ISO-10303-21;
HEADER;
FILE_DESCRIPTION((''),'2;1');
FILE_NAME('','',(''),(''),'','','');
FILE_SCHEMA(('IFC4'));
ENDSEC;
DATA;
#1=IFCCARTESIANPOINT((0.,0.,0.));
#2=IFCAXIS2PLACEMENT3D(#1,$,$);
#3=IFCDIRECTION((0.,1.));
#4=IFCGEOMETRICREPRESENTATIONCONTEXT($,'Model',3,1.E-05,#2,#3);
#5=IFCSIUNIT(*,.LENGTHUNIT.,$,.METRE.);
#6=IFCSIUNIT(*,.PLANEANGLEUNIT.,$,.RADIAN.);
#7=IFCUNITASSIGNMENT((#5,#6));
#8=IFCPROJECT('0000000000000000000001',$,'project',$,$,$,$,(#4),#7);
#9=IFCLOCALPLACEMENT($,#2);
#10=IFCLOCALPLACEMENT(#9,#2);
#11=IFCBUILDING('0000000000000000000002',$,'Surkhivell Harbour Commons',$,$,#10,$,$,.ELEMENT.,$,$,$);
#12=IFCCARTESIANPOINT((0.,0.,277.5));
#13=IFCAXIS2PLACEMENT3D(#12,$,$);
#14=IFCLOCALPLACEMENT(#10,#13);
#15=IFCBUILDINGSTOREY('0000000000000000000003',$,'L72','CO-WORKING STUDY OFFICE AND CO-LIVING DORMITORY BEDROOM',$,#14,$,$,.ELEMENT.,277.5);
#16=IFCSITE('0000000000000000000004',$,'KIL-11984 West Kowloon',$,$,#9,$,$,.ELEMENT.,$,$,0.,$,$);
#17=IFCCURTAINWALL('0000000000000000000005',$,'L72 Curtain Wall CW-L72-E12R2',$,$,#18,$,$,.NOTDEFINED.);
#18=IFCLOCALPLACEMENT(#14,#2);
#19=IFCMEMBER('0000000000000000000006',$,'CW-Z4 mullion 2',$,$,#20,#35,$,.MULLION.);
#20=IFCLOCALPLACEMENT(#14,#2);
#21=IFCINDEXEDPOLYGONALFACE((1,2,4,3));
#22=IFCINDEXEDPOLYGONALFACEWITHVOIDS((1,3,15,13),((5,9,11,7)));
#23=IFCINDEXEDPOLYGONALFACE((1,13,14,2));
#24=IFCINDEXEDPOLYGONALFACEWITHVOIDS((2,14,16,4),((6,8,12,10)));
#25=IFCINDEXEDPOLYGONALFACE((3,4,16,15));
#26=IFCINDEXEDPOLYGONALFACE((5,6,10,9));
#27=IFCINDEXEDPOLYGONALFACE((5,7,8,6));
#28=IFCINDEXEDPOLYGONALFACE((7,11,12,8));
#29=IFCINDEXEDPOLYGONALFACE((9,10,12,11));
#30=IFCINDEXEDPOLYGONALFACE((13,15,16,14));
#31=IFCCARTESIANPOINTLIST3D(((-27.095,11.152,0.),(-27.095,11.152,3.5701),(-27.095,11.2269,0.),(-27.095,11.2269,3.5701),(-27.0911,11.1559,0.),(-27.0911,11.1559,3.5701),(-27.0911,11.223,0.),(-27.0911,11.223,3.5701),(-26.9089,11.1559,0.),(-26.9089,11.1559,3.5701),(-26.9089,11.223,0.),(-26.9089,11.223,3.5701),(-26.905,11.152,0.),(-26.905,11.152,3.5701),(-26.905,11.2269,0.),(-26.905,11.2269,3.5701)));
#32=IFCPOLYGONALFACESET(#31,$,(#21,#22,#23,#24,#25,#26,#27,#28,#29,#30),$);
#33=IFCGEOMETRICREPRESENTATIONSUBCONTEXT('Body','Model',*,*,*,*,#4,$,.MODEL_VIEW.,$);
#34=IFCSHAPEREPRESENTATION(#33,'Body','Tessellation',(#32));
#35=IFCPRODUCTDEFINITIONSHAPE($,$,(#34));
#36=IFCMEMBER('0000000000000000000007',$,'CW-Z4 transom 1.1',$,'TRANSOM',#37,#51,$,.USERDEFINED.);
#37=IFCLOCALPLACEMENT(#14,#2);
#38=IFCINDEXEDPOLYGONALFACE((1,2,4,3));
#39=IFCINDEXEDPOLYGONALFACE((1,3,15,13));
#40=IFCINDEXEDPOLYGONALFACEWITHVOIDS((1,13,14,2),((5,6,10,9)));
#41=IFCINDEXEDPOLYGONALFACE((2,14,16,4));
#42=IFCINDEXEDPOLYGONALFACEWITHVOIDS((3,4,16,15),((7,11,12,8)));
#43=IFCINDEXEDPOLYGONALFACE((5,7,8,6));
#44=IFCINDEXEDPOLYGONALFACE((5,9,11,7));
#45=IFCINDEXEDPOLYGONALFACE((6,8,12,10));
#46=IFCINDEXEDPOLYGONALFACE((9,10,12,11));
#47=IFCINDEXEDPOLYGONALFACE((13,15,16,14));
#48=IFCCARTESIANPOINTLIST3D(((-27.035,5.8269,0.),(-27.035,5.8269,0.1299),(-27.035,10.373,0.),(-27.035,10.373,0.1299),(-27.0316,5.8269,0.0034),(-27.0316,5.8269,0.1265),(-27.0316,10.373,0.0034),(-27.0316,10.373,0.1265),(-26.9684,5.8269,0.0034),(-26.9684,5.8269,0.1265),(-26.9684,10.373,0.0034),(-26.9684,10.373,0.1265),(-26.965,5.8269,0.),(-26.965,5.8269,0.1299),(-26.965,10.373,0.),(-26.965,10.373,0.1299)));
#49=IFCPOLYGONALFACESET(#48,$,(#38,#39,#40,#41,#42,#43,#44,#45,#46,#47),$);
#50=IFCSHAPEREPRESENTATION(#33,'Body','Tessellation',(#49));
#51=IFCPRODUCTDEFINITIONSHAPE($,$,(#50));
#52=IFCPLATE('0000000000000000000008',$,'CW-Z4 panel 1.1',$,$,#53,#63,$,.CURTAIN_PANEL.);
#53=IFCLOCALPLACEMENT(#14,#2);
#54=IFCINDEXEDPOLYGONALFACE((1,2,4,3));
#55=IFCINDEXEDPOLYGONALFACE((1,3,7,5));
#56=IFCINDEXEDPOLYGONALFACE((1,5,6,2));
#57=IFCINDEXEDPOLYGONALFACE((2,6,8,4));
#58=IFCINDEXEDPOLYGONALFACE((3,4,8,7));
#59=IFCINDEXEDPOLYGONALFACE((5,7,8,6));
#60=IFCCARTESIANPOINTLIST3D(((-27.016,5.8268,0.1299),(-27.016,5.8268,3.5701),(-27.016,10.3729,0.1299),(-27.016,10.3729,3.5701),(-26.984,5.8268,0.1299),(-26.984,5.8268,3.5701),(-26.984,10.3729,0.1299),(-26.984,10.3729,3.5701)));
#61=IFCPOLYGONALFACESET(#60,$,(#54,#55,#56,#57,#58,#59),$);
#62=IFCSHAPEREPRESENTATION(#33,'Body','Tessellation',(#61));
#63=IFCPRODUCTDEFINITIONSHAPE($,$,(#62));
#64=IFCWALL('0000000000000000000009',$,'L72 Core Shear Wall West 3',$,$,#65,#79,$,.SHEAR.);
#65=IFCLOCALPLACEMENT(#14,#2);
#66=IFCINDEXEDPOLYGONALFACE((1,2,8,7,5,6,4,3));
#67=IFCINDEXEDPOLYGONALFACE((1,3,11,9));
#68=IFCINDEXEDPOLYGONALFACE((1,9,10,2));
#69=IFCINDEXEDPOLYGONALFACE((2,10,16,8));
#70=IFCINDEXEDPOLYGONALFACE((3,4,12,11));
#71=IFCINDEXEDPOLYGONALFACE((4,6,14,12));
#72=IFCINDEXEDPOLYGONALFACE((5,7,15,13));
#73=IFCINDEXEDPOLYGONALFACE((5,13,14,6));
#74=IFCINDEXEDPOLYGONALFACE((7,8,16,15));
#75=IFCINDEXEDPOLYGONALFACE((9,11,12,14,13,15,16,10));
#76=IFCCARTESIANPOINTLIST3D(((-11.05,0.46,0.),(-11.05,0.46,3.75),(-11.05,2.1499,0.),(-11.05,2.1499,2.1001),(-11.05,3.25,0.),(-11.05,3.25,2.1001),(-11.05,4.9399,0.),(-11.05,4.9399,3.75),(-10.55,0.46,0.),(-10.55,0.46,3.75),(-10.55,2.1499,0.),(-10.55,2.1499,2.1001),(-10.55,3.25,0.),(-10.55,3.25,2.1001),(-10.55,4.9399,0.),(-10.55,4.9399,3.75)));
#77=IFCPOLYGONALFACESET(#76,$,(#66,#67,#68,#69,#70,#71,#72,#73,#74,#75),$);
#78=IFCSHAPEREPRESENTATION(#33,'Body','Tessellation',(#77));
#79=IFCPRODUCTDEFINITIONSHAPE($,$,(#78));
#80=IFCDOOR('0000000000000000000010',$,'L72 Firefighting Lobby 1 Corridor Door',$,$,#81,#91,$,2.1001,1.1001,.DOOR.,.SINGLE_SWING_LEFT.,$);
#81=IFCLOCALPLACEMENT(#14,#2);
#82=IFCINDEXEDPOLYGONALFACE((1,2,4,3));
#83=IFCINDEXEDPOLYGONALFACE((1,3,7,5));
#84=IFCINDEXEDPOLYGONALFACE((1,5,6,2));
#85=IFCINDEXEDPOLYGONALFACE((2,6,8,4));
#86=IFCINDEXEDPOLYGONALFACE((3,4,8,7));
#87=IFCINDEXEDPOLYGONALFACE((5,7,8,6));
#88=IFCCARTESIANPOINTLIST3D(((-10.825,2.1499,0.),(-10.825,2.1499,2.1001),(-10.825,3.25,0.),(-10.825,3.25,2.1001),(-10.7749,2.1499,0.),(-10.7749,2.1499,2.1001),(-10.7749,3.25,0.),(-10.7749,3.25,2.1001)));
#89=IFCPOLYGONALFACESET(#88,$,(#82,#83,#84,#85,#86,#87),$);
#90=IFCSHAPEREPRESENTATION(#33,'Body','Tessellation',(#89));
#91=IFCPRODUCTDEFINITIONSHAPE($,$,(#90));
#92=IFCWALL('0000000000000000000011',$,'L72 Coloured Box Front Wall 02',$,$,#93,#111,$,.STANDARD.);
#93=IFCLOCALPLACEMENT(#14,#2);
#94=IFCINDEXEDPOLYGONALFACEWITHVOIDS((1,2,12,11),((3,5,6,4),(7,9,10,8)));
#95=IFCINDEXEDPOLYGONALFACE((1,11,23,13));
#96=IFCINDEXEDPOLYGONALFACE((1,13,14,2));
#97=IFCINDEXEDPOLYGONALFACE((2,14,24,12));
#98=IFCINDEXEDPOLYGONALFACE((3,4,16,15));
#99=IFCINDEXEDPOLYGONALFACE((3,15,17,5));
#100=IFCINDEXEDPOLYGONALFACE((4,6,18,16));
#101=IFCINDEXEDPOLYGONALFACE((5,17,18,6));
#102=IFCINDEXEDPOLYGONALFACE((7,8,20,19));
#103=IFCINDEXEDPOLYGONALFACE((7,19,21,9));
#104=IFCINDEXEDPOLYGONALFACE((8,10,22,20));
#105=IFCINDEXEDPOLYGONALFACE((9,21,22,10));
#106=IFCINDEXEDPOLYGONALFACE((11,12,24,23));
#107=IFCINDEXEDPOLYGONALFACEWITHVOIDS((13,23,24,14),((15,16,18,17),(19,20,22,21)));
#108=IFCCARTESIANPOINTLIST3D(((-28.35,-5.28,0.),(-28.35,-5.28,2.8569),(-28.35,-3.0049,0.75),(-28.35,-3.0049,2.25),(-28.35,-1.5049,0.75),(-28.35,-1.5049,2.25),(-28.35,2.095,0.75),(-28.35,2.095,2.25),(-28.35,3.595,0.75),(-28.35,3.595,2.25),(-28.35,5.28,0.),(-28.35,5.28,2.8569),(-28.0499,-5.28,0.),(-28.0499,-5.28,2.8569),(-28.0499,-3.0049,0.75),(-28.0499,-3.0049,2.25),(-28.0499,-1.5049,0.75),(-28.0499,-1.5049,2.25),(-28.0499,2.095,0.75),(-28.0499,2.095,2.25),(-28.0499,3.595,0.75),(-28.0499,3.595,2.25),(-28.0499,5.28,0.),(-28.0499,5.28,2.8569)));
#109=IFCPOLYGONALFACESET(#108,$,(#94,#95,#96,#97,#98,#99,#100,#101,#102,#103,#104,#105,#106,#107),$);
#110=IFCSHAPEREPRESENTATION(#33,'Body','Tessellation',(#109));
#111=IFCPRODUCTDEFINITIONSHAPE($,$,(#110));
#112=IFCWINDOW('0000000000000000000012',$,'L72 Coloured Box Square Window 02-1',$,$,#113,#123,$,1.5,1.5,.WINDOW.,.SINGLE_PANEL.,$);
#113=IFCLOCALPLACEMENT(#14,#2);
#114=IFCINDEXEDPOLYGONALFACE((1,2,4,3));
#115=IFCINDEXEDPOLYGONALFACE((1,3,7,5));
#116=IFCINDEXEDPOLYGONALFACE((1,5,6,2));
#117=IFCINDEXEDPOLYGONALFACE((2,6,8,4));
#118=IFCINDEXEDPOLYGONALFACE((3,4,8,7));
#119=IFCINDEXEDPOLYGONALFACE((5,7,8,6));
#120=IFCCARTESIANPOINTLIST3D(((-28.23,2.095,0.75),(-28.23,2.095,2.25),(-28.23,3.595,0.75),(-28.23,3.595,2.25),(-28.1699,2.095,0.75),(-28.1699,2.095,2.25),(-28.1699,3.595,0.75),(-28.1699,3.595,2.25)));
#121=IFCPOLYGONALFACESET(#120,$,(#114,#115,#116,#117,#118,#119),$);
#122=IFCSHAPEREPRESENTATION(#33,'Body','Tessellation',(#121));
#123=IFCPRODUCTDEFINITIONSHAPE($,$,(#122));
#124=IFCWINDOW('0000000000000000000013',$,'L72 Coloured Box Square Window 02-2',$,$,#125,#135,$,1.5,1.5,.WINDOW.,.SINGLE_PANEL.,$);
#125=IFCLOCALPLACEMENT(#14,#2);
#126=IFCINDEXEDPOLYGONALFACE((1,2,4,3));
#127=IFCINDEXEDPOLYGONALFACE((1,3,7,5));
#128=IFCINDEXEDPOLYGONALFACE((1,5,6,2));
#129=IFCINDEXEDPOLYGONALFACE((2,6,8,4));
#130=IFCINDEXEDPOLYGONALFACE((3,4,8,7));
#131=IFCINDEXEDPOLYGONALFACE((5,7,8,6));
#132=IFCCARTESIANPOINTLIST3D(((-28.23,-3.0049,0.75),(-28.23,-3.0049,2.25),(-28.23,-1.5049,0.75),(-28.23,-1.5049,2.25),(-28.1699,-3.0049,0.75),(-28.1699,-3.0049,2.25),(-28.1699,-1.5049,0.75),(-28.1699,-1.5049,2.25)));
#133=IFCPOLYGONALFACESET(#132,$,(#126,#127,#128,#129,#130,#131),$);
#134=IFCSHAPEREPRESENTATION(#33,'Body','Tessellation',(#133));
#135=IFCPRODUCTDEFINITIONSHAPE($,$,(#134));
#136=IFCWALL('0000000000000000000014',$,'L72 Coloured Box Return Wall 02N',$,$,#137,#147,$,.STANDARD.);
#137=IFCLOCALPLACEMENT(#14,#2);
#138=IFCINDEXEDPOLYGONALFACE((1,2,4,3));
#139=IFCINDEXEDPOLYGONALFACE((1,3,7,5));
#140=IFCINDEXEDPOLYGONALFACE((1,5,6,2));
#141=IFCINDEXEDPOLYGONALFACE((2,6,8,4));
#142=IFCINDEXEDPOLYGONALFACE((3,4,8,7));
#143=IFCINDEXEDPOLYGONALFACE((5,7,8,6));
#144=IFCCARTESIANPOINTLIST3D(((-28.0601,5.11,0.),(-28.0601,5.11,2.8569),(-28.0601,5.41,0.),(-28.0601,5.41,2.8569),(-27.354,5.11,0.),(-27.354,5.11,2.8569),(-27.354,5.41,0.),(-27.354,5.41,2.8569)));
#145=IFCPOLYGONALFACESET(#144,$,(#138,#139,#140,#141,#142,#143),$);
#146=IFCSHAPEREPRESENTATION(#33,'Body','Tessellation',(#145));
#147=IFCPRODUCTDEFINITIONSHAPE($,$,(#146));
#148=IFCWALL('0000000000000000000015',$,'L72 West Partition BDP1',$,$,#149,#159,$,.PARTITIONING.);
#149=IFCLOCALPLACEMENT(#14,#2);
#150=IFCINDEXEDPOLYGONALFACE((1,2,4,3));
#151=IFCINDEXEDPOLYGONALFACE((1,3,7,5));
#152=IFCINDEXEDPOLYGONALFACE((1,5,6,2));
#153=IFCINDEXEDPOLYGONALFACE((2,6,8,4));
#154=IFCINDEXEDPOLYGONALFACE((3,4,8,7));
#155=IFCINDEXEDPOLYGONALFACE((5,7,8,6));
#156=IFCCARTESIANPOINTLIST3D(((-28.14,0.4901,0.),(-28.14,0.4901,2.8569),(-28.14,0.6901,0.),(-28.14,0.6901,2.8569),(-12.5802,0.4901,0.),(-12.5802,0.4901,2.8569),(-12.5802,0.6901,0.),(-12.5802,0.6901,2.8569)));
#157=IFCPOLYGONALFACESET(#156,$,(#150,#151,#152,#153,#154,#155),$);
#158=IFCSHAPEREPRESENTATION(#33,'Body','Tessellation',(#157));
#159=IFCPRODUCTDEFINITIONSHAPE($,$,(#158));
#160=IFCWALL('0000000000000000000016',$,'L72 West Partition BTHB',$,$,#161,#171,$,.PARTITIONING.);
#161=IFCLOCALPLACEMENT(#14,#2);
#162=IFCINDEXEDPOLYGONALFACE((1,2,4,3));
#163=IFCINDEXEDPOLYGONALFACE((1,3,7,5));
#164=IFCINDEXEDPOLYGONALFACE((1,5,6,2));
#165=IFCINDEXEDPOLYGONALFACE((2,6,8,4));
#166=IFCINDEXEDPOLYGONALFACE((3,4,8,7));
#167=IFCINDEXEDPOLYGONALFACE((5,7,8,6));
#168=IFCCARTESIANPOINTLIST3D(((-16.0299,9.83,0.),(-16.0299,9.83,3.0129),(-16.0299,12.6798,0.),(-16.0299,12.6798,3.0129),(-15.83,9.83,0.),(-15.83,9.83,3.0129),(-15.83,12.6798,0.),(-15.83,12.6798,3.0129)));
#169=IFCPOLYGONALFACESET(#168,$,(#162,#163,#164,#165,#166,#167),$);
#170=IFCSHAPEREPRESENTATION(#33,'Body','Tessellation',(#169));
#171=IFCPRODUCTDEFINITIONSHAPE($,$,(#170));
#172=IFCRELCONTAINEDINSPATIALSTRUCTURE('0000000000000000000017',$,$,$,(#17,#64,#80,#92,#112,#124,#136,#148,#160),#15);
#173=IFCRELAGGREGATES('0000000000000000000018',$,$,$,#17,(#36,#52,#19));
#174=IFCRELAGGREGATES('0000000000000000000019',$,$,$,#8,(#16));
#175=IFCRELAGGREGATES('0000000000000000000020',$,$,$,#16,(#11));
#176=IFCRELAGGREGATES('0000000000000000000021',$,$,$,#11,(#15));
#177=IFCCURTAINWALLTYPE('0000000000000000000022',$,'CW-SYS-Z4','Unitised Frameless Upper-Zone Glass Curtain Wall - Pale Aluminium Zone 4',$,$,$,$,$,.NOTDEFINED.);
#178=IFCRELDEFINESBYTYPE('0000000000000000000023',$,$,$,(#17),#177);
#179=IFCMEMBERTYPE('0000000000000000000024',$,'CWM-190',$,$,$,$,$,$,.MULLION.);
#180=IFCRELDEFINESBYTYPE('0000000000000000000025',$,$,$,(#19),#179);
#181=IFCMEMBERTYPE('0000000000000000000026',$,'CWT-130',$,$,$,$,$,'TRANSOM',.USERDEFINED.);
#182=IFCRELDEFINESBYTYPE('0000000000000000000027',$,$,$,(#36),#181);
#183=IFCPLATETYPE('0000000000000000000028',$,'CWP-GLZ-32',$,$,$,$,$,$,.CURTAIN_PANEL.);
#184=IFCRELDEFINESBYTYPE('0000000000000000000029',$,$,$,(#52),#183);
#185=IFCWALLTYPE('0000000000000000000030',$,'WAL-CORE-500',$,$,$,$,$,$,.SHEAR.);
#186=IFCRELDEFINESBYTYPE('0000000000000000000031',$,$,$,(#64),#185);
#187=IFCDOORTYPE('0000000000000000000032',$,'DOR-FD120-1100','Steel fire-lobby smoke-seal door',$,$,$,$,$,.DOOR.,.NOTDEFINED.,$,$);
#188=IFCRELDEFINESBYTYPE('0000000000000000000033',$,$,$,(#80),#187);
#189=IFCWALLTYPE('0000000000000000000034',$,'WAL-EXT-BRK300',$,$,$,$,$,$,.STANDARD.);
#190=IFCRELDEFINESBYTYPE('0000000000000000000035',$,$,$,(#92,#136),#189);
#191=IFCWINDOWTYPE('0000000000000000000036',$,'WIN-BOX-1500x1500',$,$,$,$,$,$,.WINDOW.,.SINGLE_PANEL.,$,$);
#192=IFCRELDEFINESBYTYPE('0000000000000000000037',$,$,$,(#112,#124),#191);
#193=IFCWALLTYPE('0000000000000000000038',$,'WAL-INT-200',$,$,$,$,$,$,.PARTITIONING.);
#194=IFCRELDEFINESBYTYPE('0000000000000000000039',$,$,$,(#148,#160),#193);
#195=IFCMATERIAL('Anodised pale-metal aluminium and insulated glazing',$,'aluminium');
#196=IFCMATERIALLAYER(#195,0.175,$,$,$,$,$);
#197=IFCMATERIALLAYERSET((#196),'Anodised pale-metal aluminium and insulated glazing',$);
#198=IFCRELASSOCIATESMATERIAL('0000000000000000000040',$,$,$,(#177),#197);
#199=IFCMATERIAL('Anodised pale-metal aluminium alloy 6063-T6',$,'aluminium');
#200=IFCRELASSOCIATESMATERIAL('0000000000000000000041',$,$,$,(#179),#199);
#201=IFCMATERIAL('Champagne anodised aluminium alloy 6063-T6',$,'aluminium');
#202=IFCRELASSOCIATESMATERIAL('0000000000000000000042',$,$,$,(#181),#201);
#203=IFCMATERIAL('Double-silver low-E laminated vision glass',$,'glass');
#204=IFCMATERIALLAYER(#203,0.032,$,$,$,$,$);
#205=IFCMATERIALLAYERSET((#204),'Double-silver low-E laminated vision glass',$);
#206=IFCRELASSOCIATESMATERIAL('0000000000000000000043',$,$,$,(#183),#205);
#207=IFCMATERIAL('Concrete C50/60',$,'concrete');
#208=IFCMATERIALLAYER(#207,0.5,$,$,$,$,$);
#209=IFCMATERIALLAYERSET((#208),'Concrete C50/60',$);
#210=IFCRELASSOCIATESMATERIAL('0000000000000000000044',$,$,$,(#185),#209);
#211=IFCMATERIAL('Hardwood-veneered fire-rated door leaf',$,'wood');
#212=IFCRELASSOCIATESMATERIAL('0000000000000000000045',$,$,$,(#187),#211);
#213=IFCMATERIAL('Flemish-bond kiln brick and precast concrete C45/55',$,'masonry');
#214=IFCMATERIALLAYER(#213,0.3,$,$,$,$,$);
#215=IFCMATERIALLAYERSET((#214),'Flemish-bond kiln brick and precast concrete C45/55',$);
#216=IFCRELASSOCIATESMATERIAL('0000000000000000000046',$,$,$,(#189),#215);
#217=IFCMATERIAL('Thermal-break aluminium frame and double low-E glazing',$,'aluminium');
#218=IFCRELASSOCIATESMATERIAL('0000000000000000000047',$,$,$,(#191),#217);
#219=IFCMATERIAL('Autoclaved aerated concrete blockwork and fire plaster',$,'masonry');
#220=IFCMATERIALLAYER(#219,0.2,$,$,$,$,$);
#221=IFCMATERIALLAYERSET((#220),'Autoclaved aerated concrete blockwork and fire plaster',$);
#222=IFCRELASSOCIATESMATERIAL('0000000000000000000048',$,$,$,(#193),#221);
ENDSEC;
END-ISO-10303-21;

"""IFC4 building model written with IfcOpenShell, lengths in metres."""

from ifc_helpers import new_model, si_unit, direction, frame, frame_2d, origin, origin_2d, place, context, subcontext, project, spatial, rectangle, hollow_rectangle, extrude, material, layer, layer_set, material_profile, profile_set, type_object, element, fill, aggregate, save


model = new_model("IFC4")

# Units and contexts
model_context = context("Model", 3, precision=1e-05, world=origin(), true_north=direction((0.0, 1.0)))
body_context = subcontext(model_context, "Body", "Model", "MODEL_VIEW")
ifc_project = project(units=[si_unit("LENGTHUNIT", "METRE"), si_unit("PLANEANGLEUNIT", "RADIAN")], contexts=[model_context])

# Site, building, storey
site_placement = place(None, origin())
site = spatial("IfcSite", under=ifc_project, at=site_placement, Name="KIL-11984 West Kowloon", CompositionType="ELEMENT", RefElevation=0.0)
building_placement = place(site_placement, origin())
building = spatial("IfcBuilding", under=site, at=building_placement, Name="Surkhivell Harbour Commons", CompositionType="ELEMENT")
storey_placement = place(building_placement, frame((0.0, 0.0, 277.5)))
storey = spatial("IfcBuildingStorey", under=building, at=storey_placement, Name="L72", Description="CO-WORKING STUDY OFFICE AND CO-LIVING DORMITORY BEDROOM", CompositionType="ELEMENT", Elevation=277.5)

# Shared definitions
ifc_material_1 = material(Name="Concrete C50/60", Category="concrete")

# Curtain wall, members, plate
ifc_material_2 = material(Name="Anodised pale-metal aluminium and insulated glazing", Category="aluminium")
ifc_layer_1 = layer(ifc_material_2, 0.175)
ifc_layer_set_1 = layer_set([ifc_layer_1], Name="Anodised pale-metal aluminium and insulated glazing")
curtain_wall_type = type_object("IfcCurtainWallType", Name="CW-SYS-Z4", Description="Unitised Frameless Upper-Zone Glass Curtain Wall - Pale Aluminium Zone 4", PredefinedType="NOTDEFINED", material=ifc_layer_set_1)
curtain_wall_placement = place(storey_placement, origin())
curtain_wall = element("IfcCurtainWall", 1, at=curtain_wall_placement, inside=storey, type_object=curtain_wall_type, Name="L72 Curtain Wall CW-L72-E12R2", PredefinedType="NOTDEFINED")
ifc_material_3 = material(Name="Anodised pale-metal aluminium alloy 6063-T6", Category="aluminium")
ifc_material_profile_1 = material_profile(ifc_material_3, hollow_rectangle(XDim=0.075, YDim=0.1899, WallThickness=0.0039, at=origin_2d()), Name="ALU-MULL-75x190")
ifc_profile_set_1 = profile_set([ifc_material_profile_1], Name="Anodised pale-metal aluminium alloy 6063-T6")
member_type_1 = type_object("IfcMemberType", Name="CWM-190", PredefinedType="MULLION", material=ifc_profile_set_1)
member_1_placement = place(storey_placement, frame((-27.0, 11.1895, 0.0), z_axis=(0.0, 0.0, 1.0), x_axis=(0.0, 1.0, 0.0)))
member_1 = element("IfcMember", 2, at=member_1_placement, type_object=member_type_1, Name="CW-Z4 mullion 2", PredefinedType="MULLION", context=body_context, shape_type="SweptSolid", body=[
    extrude(hollow_rectangle(XDim=0.075, YDim=0.1899, WallThickness=0.0039, at=origin_2d()), origin(), (0.0, 0.0, 1.0), 3.5701),
])
ifc_material_4 = material(Name="Champagne anodised aluminium alloy 6063-T6", Category="aluminium")
ifc_material_profile_2 = material_profile(ifc_material_4, hollow_rectangle(XDim=0.0701, YDim=0.1299, WallThickness=0.0034, at=origin_2d()), Name="ALU-TRAN-70x130")
ifc_profile_set_2 = profile_set([ifc_material_profile_2], Name="Champagne anodised aluminium alloy 6063-T6")
member_type_2 = type_object("IfcMemberType", Name="CWT-130", ElementType="TRANSOM", PredefinedType="USERDEFINED", material=ifc_profile_set_2)
member_2_placement = place(storey_placement, frame((-27.0, 5.8269, 0.0649), z_axis=(0.0, 1.0, 0.0), x_axis=(-1.0, 0.0, 0.0)))
member_2 = element("IfcMember", 3, at=member_2_placement, type_object=member_type_2, Name="CW-Z4 transom 1.1", ObjectType="TRANSOM", PredefinedType="USERDEFINED", context=body_context, shape_type="SweptSolid", body=[
    extrude(hollow_rectangle(XDim=0.0701, YDim=0.1299, WallThickness=0.0034, at=origin_2d()), origin(), (0.0, 0.0, 1.0), 4.5461),
])
ifc_material_5 = material(Name="Double-silver low-E laminated vision glass", Category="glass")
ifc_layer_2 = layer(ifc_material_5, 0.032)
ifc_layer_set_2 = layer_set([ifc_layer_2], Name="Double-silver low-E laminated vision glass")
plate_type = type_object("IfcPlateType", Name="CWP-GLZ-32", PredefinedType="CURTAIN_PANEL", material=ifc_layer_set_2)
plate_placement = place(storey_placement, frame((-27.0, 5.8269, 0.1299), z_axis=(0.0, 0.0, 1.0), x_axis=(0.0, 1.0, 0.0)))
plate = element("IfcPlate", 4, at=plate_placement, type_object=plate_type, Name="CW-Z4 panel 1.1", PredefinedType="CURTAIN_PANEL", context=body_context, shape_type="SweptSolid", body=[
    extrude(rectangle(XDim=4.5461, YDim=0.032, at=frame_2d((2.2729, 0.0))), origin(), (0.0, 0.0, 1.0), 3.4402),
])
aggregate(curtain_wall, [member_2, plate, member_1])

# Wall, opening, door
ifc_layer_3 = layer(ifc_material_1, 0.5)
ifc_layer_set_3 = layer_set([ifc_layer_3], Name="Concrete C50/60")
wall_type_1 = type_object("IfcWallType", Name="WAL-CORE-500", PredefinedType="SHEAR", material=ifc_layer_set_3)
wall_1_placement = place(storey_placement, frame((-10.8, 0.46, 0.0), z_axis=(0.0, 0.0, 1.0), x_axis=(0.0, 1.0, 0.0)))
wall_1 = element("IfcWall", 5, at=wall_1_placement, inside=storey, type_object=wall_type_1, Name="L72 Core Shear Wall West 3", PredefinedType="SHEAR", context=body_context, shape_type="SweptSolid", body=[
    extrude(rectangle(XDim=4.48, YDim=0.5, at=frame_2d((2.24, 0.0))), origin(), (0.0, 0.0, 1.0), 3.75),
])
opening_1_placement = place(wall_1_placement, frame((1.6899, 0.0, 0.0)))
opening_1 = element("IfcOpeningElement", 6, at=opening_1_placement, cuts=wall_1, PredefinedType="OPENING", context=body_context, shape_type="SweptSolid", body=[
    extrude(rectangle(XDim=1.1001, YDim=2.1001, at=frame_2d((0.55, 1.05))), frame((0.0, 0.26, 0.0), z_axis=(0.0, -1.0, 0.0), x_axis=(1.0, 0.0, 0.0)), (0.0, 0.0, 1.0), 0.52),
])
ifc_material_6 = material(Name="Hardwood-veneered fire-rated door leaf", Category="wood")
door_type = type_object("IfcDoorType", Name="DOR-FD120-1100", Description="Steel fire-lobby smoke-seal door", OperationType="NOTDEFINED", PredefinedType="DOOR", material=ifc_material_6)
door_placement = place(opening_1_placement, origin())
door = element("IfcDoor", 7, at=door_placement, inside=storey, type_object=door_type, Name="L72 Firefighting Lobby 1 Corridor Door", OperationType="SINGLE_SWING_LEFT", OverallHeight=2.1001, OverallWidth=1.1001, PredefinedType="DOOR", context=body_context, shape_type="SweptSolid", body=[
    extrude(rectangle(XDim=1.1001, YDim=2.1001, at=frame_2d((0.55, 1.05))), frame((0.0, 0.0249, 0.0), z_axis=(0.0, -1.0, 0.0), x_axis=(1.0, 0.0, 0.0)), (0.0, 0.0, 1.0), 0.05),
])
fill(opening_1, door)

# Wall, openings, windows
ifc_material_7 = material(Name="Flemish-bond kiln brick and precast concrete C45/55", Category="masonry")
ifc_layer_4 = layer(ifc_material_7, 0.3)
ifc_layer_set_4 = layer_set([ifc_layer_4], Name="Flemish-bond kiln brick and precast concrete C45/55")
wall_type_2 = type_object("IfcWallType", Name="WAL-EXT-BRK300", PredefinedType="STANDARD", material=ifc_layer_set_4)
wall_2_placement = place(storey_placement, frame((-28.2, 5.28, 0.0), z_axis=(0.0, 0.0, 1.0), x_axis=(0.0, -1.0, 0.0)))
wall_2 = element("IfcWall", 8, at=wall_2_placement, inside=storey, type_object=wall_type_2, Name="L72 Coloured Box Front Wall 02", PredefinedType="STANDARD", context=body_context, shape_type="SweptSolid", body=[
    extrude(rectangle(XDim=10.5601, YDim=0.3, at=frame_2d((5.28, 0.0))), origin(), (0.0, 0.0, 1.0), 2.8569),
])
opening_2_placement = place(wall_2_placement, frame((1.6851, 0.0, 0.75)))
opening_2 = element("IfcOpeningElement", 9, at=opening_2_placement, cuts=wall_2, PredefinedType="OPENING", context=body_context, shape_type="SweptSolid", body=[
    extrude(rectangle(XDim=1.5, YDim=1.5, at=frame_2d((0.75, 0.75))), frame((0.0, 0.1599, 0.0), z_axis=(0.0, -1.0, 0.0), x_axis=(1.0, 0.0, 0.0)), (0.0, 0.0, 1.0), 0.3201),
])
opening_3_placement = place(wall_2_placement, frame((6.7849, 0.0, 0.75)))
opening_3 = element("IfcOpeningElement", 10, at=opening_3_placement, cuts=wall_2, PredefinedType="OPENING", context=body_context, shape_type="SweptSolid", body=[
    extrude(rectangle(XDim=1.5, YDim=1.5, at=frame_2d((0.75, 0.75))), frame((0.0, 0.1599, 0.0), z_axis=(0.0, -1.0, 0.0), x_axis=(1.0, 0.0, 0.0)), (0.0, 0.0, 1.0), 0.3201),
])
ifc_material_8 = material(Name="Thermal-break aluminium frame and double low-E glazing", Category="aluminium")
window_type = type_object("IfcWindowType", Name="WIN-BOX-1500x1500", PartitioningType="SINGLE_PANEL", PredefinedType="WINDOW", material=ifc_material_8)
window_1_placement = place(opening_2_placement, origin())
window_1 = element("IfcWindow", 11, at=window_1_placement, inside=storey, type_object=window_type, Name="L72 Coloured Box Square Window 02-1", OverallHeight=1.5, OverallWidth=1.5, PartitioningType="SINGLE_PANEL", PredefinedType="WINDOW", context=body_context, shape_type="SweptSolid", body=[
    extrude(rectangle(XDim=1.5, YDim=1.5, at=frame_2d((0.75, 0.75))), frame((0.0, 0.03, 0.0), z_axis=(0.0, -1.0, 0.0), x_axis=(1.0, 0.0, 0.0)), (0.0, 0.0, 1.0), 0.0601),
])
fill(opening_2, window_1)
window_2_placement = place(opening_3_placement, origin())
window_2 = element("IfcWindow", 12, at=window_2_placement, inside=storey, type_object=window_type, Name="L72 Coloured Box Square Window 02-2", OverallHeight=1.5, OverallWidth=1.5, PartitioningType="SINGLE_PANEL", PredefinedType="WINDOW", context=body_context, shape_type="SweptSolid", body=[
    extrude(rectangle(XDim=1.5, YDim=1.5, at=frame_2d((0.75, 0.75))), frame((0.0, 0.03, 0.0), z_axis=(0.0, -1.0, 0.0), x_axis=(1.0, 0.0, 0.0)), (0.0, 0.0, 1.0), 0.0601),
])
fill(opening_3, window_2)

# Walls
wall_3_placement = place(storey_placement, frame((-28.0601, 5.26, 0.0), z_axis=(0.0, 0.0, 1.0), x_axis=(1.0, 0.0, 0.0)))
element("IfcWall", 13, at=wall_3_placement, inside=storey, type_object=wall_type_2, Name="L72 Coloured Box Return Wall 02N", PredefinedType="STANDARD", context=body_context, shape_type="SweptSolid", body=[
    extrude(rectangle(XDim=0.7061, YDim=0.3, at=frame_2d((0.353, 0.0))), origin(), (0.0, 0.0, 1.0), 2.8569),
])
ifc_material_9 = material(Name="Autoclaved aerated concrete blockwork and fire plaster", Category="masonry")
ifc_layer_5 = layer(ifc_material_9, 0.2)
ifc_layer_set_5 = layer_set([ifc_layer_5], Name="Autoclaved aerated concrete blockwork and fire plaster")
wall_type_3 = type_object("IfcWallType", Name="WAL-INT-200", PredefinedType="PARTITIONING", material=ifc_layer_set_5)
wall_4_placement = place(storey_placement, frame((-28.1399, 0.5901, 0.0), z_axis=(0.0, 0.0, 1.0), x_axis=(1.0, 0.0, 0.0)))
element("IfcWall", 14, at=wall_4_placement, inside=storey, type_object=wall_type_3, Name="L72 West Partition BDP1", PredefinedType="PARTITIONING", context=body_context, shape_type="SweptSolid", body=[
    extrude(rectangle(XDim=15.5598, YDim=0.2, at=frame_2d((7.7798, 0.0))), origin(), (0.0, 0.0, 1.0), 2.8569),
])
wall_5_placement = place(storey_placement, frame((-15.9299, 9.8301, 0.0), z_axis=(0.0, 0.0, 1.0), x_axis=(0.0, 1.0, 0.0)))
element("IfcWall", 15, at=wall_5_placement, inside=storey, type_object=wall_type_3, Name="L72 West Partition BTHB", PredefinedType="PARTITIONING", context=body_context, shape_type="SweptSolid", body=[
    extrude(rectangle(XDim=2.8499, YDim=0.2, at=frame_2d((1.4248, 0.0))), origin(), (0.0, 0.0, 1.0), 3.0129),
])

save(model, "model.ifc")
